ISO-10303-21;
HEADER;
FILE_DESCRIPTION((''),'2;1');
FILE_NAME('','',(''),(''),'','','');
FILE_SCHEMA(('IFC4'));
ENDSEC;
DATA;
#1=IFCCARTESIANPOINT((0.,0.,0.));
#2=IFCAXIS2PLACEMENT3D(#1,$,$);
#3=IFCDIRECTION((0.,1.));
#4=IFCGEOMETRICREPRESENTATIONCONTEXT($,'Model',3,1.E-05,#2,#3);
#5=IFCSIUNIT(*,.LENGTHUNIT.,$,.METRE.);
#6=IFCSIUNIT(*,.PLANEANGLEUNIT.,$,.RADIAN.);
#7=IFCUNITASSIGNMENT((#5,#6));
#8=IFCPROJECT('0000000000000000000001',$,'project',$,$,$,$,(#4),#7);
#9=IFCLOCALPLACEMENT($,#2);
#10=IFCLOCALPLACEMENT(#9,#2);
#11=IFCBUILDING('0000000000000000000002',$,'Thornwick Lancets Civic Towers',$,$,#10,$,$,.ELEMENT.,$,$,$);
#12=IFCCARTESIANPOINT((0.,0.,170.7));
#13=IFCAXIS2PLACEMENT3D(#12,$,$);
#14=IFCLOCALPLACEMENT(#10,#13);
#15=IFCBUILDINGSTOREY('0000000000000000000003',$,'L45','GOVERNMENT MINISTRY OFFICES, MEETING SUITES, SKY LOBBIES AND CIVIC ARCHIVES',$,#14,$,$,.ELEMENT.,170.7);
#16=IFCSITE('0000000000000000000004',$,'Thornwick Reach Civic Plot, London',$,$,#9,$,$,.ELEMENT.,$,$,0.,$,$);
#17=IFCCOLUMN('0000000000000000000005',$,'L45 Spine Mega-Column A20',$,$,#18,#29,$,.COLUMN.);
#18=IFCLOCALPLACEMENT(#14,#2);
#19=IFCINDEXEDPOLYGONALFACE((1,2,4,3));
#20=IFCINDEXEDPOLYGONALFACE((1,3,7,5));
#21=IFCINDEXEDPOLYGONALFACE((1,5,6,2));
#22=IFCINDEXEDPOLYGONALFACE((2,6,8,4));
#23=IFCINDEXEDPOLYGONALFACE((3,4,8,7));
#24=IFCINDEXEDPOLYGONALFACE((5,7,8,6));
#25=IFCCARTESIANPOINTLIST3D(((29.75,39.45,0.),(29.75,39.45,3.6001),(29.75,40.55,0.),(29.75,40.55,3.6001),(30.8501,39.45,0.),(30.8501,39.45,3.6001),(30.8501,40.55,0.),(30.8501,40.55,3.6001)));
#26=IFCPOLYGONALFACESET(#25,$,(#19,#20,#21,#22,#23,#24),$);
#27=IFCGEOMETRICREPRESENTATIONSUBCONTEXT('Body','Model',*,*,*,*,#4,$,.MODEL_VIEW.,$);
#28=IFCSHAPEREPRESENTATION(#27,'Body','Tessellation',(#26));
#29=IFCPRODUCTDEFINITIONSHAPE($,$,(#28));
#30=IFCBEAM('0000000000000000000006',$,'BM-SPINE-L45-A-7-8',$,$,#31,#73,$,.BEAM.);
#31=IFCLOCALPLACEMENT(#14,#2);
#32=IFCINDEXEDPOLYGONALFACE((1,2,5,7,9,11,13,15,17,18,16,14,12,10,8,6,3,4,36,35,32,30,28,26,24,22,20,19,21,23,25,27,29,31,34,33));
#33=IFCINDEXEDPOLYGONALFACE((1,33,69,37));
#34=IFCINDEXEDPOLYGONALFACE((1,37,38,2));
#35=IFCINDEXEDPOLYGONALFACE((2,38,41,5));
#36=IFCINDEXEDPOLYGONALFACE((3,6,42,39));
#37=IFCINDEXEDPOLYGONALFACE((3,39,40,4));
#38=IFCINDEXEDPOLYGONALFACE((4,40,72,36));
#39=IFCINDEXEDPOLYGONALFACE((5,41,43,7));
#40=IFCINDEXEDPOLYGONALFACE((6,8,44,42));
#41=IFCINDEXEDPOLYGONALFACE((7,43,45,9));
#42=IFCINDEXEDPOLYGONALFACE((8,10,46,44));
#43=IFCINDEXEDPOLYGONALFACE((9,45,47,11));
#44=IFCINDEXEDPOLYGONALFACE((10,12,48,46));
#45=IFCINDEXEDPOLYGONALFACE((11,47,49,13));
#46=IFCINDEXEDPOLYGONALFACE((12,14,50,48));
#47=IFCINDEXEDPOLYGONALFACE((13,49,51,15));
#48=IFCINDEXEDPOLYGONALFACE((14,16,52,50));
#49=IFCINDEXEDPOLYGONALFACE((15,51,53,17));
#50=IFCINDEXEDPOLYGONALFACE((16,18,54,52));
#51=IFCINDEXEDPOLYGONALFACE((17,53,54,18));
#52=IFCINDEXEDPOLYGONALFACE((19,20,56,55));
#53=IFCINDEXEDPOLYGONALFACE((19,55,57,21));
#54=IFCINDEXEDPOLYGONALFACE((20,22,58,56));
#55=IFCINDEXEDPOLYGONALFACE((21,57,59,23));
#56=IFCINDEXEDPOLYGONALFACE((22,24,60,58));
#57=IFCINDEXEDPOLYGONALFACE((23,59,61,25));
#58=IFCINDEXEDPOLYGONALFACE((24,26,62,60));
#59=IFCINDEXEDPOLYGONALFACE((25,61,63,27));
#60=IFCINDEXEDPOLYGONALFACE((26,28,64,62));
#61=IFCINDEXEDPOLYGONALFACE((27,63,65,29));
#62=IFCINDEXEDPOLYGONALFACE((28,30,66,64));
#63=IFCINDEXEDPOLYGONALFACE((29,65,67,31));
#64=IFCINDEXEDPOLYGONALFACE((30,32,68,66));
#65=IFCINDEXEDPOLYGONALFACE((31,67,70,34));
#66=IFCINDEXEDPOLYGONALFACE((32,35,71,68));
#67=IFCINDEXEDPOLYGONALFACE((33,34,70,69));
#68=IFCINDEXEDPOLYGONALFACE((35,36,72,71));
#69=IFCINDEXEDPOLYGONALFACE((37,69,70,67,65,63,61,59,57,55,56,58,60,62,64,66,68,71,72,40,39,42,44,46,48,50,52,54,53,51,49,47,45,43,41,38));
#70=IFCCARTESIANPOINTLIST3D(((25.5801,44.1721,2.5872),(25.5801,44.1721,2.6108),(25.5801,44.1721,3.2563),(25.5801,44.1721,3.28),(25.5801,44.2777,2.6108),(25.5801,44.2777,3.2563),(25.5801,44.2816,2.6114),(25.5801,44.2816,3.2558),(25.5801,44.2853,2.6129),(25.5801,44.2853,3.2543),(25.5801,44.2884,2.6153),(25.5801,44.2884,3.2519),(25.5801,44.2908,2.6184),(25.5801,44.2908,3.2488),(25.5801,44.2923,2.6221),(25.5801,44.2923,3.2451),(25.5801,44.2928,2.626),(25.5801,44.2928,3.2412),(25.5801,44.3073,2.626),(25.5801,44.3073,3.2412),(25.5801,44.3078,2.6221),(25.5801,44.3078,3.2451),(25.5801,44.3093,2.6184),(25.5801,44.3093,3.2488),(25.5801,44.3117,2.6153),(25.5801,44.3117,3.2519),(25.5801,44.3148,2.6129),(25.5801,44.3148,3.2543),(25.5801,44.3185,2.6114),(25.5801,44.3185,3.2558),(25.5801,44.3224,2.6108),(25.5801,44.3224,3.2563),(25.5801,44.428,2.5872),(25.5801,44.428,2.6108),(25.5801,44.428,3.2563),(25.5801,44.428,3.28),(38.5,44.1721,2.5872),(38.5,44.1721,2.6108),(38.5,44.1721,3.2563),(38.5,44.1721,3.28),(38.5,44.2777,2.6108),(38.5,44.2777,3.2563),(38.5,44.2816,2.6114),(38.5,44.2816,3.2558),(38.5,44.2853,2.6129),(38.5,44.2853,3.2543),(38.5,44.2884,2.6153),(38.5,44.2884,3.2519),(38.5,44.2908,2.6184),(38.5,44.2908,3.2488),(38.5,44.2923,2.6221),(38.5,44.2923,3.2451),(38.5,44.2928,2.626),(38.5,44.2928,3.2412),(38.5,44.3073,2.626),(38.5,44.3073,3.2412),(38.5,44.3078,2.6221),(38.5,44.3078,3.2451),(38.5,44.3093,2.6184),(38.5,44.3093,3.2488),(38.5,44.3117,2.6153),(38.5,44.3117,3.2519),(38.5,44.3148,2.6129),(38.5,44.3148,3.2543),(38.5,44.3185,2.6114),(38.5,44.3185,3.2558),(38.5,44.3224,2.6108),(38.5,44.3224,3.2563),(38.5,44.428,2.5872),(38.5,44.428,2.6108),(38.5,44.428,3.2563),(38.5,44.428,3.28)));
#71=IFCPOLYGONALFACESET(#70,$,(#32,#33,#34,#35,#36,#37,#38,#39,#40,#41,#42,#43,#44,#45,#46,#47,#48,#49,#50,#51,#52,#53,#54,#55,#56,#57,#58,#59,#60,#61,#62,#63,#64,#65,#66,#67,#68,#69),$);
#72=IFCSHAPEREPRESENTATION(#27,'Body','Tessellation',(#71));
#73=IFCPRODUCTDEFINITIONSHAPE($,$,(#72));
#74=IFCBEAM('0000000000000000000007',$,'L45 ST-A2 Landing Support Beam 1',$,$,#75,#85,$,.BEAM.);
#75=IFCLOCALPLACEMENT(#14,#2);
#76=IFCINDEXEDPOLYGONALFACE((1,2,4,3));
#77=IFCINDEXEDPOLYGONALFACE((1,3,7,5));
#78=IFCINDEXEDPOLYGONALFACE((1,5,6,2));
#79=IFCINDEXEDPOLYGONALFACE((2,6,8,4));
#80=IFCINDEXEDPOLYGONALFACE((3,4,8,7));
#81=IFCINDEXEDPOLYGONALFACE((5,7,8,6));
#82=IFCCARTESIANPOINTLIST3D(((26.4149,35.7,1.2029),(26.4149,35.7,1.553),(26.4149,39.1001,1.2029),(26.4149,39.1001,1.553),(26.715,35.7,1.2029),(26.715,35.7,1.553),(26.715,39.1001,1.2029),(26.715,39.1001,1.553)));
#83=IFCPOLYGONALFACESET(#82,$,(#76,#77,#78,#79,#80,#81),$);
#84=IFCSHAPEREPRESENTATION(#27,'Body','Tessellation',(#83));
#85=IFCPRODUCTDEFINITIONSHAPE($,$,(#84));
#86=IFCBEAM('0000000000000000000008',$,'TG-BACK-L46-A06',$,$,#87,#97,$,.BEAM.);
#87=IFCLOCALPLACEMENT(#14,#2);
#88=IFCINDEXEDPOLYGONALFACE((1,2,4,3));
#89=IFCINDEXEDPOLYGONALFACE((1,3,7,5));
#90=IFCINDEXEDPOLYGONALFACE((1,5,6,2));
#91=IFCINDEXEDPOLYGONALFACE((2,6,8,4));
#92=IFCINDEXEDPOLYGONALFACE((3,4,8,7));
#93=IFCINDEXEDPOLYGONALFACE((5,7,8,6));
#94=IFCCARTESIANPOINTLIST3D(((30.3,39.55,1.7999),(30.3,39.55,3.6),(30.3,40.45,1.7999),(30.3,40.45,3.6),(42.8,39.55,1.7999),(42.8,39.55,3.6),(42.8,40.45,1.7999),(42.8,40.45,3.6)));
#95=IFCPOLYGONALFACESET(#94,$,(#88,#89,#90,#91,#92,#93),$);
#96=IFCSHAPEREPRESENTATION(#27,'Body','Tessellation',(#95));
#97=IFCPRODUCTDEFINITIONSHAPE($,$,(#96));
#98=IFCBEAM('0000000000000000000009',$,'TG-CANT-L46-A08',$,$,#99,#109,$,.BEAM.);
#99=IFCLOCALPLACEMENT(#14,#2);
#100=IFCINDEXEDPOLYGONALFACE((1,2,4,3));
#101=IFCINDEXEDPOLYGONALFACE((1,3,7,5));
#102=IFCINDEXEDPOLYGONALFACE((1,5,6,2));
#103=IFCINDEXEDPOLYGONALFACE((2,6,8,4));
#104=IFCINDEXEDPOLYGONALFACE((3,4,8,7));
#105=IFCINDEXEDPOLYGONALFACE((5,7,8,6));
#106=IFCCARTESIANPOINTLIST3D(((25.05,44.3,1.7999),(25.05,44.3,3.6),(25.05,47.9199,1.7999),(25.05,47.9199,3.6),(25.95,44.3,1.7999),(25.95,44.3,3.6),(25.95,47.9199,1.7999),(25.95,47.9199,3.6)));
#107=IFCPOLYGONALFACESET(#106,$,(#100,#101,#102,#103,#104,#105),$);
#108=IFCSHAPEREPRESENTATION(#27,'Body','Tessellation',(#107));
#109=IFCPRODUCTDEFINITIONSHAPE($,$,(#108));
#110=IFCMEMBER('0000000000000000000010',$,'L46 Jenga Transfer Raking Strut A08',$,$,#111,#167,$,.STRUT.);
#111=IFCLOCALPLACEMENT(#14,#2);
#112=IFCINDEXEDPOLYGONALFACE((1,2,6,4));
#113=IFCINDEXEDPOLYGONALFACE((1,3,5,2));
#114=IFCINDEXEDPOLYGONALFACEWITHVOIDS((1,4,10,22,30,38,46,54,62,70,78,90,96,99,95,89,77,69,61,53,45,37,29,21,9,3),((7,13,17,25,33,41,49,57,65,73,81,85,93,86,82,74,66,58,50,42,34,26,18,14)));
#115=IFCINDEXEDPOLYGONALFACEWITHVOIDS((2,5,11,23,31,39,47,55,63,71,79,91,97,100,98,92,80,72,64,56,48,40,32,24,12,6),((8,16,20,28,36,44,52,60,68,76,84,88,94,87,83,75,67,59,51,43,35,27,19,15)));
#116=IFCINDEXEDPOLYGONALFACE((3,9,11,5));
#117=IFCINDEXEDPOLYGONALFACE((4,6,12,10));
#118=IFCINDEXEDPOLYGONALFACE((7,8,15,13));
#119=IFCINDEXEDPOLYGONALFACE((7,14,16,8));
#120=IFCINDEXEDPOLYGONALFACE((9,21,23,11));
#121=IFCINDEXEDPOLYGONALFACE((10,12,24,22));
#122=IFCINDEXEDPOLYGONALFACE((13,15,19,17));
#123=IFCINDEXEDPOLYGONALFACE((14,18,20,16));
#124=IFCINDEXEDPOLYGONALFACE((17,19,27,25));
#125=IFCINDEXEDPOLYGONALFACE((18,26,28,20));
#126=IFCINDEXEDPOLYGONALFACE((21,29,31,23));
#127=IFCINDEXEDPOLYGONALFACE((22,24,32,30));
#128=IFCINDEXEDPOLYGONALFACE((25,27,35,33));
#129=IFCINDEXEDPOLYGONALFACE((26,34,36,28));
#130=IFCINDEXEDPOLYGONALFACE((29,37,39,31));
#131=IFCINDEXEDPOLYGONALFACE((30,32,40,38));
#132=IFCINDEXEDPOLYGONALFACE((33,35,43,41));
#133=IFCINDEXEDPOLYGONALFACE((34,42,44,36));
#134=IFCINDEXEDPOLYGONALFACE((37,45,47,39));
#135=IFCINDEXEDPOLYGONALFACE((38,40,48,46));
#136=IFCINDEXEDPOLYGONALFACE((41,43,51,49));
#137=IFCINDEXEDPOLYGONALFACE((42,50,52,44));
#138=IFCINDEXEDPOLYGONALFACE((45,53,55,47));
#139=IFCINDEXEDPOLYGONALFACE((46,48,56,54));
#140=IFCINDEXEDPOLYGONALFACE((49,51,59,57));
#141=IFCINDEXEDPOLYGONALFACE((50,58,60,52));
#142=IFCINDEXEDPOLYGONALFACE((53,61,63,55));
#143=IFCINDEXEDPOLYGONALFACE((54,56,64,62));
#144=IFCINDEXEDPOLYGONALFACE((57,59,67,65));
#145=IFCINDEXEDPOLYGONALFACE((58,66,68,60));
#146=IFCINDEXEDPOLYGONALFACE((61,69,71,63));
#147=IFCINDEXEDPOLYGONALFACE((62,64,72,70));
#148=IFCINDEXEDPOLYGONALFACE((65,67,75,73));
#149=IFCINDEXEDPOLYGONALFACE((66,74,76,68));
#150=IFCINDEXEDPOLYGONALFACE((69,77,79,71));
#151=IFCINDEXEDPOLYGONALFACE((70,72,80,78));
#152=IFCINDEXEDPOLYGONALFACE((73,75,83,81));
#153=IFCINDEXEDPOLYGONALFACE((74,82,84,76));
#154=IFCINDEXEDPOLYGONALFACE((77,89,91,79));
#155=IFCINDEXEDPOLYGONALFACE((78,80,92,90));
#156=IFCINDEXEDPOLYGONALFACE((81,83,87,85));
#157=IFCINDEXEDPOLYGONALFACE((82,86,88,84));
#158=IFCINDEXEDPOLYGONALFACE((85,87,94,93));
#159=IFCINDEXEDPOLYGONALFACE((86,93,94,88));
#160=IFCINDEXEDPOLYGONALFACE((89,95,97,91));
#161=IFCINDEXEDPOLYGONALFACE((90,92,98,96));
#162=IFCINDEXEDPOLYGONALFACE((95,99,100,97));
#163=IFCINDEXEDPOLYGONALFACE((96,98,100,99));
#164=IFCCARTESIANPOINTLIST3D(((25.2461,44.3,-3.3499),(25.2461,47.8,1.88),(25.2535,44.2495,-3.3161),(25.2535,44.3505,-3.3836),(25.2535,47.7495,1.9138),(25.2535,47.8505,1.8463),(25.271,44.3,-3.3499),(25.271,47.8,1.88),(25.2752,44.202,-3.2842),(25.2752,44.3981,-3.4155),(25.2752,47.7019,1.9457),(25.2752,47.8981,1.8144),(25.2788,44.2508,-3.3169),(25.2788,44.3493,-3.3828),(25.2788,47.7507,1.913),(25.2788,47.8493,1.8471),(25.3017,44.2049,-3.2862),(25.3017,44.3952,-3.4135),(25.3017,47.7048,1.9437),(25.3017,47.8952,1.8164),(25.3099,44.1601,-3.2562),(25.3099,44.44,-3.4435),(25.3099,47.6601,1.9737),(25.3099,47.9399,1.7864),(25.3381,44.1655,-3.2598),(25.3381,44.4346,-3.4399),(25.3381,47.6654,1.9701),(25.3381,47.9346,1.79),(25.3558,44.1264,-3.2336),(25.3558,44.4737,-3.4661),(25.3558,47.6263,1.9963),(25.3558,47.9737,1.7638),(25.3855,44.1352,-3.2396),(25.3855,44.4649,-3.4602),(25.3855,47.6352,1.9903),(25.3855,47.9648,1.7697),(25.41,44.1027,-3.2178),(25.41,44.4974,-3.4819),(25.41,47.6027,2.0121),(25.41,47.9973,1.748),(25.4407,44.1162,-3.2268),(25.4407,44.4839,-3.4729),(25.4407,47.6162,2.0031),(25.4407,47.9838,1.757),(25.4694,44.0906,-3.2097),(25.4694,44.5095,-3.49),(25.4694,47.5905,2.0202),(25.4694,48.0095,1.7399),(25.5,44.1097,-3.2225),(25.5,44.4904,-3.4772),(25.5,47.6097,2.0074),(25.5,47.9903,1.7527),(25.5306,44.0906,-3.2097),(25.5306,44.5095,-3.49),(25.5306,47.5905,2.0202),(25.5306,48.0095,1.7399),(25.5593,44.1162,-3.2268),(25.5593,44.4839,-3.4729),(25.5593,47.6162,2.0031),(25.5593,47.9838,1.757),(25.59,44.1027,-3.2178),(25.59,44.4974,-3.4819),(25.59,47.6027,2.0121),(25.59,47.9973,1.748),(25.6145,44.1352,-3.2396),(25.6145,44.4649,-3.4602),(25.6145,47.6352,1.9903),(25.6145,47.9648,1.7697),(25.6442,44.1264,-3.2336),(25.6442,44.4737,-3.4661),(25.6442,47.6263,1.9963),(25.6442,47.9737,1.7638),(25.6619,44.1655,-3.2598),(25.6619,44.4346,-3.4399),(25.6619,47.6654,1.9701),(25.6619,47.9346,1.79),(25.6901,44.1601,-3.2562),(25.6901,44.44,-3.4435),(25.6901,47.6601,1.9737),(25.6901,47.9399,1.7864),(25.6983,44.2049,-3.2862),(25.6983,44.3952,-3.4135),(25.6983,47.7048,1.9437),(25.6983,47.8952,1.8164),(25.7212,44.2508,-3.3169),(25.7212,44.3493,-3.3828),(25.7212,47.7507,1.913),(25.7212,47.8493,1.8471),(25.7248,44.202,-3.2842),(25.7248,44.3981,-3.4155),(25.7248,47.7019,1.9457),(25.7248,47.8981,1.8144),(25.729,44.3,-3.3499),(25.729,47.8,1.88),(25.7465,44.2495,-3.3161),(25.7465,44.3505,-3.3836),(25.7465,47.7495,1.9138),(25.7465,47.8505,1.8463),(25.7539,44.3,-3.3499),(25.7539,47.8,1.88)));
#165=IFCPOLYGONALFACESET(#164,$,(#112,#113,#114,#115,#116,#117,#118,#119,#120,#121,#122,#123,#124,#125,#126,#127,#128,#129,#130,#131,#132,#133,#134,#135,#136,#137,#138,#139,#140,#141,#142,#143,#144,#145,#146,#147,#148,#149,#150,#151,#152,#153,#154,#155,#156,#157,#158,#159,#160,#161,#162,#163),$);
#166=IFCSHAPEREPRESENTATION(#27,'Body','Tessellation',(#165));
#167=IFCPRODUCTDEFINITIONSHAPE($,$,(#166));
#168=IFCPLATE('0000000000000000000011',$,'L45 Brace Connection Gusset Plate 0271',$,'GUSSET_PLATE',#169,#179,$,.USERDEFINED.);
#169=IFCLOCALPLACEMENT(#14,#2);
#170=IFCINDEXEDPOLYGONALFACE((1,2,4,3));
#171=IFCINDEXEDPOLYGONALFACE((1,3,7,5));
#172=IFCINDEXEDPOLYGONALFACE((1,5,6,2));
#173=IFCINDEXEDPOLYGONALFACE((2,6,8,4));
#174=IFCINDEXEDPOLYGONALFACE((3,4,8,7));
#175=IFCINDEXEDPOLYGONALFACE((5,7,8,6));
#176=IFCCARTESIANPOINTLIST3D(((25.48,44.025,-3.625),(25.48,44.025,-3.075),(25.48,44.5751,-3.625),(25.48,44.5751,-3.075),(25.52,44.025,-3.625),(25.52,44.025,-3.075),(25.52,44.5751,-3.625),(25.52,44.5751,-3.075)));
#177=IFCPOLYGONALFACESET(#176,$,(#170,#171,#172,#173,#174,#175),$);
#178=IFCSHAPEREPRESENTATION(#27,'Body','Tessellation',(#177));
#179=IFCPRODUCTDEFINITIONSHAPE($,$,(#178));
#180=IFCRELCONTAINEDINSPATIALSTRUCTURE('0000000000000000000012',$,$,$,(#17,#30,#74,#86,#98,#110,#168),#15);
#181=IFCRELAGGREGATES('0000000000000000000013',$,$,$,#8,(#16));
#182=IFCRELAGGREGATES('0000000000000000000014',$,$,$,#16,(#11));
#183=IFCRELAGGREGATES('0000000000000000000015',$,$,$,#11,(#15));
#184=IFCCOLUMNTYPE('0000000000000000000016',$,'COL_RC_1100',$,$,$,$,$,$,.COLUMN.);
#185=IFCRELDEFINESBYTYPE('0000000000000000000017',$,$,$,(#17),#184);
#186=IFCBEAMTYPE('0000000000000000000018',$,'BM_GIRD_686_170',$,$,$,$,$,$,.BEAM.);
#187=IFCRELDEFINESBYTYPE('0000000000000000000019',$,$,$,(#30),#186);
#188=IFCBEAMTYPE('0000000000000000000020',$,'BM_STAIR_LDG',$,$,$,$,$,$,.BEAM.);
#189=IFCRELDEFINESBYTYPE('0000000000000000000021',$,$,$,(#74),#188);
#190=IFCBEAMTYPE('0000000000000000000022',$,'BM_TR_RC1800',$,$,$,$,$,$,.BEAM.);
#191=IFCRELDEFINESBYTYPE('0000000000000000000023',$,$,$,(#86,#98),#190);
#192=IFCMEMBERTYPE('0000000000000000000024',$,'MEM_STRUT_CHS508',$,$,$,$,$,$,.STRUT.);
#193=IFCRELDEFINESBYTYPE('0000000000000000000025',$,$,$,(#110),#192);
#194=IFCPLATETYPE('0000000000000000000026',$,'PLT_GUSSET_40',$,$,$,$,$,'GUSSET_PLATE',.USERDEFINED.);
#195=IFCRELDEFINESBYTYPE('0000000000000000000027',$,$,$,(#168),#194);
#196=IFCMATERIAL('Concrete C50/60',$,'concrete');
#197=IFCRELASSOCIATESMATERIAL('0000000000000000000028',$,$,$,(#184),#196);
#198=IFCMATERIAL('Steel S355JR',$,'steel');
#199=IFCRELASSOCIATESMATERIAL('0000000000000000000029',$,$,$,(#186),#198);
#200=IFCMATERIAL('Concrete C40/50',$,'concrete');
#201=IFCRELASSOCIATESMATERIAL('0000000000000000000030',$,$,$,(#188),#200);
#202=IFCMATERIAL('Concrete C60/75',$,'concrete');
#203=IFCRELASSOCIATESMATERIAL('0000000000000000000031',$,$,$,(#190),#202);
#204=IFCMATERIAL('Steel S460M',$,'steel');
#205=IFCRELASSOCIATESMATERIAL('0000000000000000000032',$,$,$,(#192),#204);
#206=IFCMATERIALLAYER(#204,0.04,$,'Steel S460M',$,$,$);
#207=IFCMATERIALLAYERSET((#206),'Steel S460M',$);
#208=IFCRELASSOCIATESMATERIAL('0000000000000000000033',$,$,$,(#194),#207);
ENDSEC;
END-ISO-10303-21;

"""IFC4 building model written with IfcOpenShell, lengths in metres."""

from ifc_helpers import new_model, si_unit, direction, frame, origin, origin_2d, place, context, subcontext, project, spatial, rectangle, hollow_circle, i_section, extrude, material, layer, layer_set, material_profile, profile_set, type_object, element, save


model = new_model("IFC4")

# Units and contexts
model_context = context("Model", 3, precision=1e-05, world=origin(), true_north=direction((0.0, 1.0)))
body_context = subcontext(model_context, "Body", "Model", "MODEL_VIEW")
ifc_project = project(units=[si_unit("LENGTHUNIT", "METRE"), si_unit("PLANEANGLEUNIT", "RADIAN")], contexts=[model_context])

# Site, building, storey
site_placement = place(None, origin())
site = spatial("IfcSite", under=ifc_project, at=site_placement, Name="Thornwick Reach Civic Plot, London", CompositionType="ELEMENT", RefElevation=0.0)
building_placement = place(site_placement, origin())
building = spatial("IfcBuilding", under=site, at=building_placement, Name="Thornwick Lancets Civic Towers", CompositionType="ELEMENT")
storey_placement = place(building_placement, frame((0.0, 0.0, 170.7)))
storey = spatial("IfcBuildingStorey", under=building, at=storey_placement, Name="L45", Description="GOVERNMENT MINISTRY OFFICES, MEETING SUITES, SKY LOBBIES AND CIVIC ARCHIVES", CompositionType="ELEMENT", Elevation=170.7)

# Column
ifc_material_1 = material(Name="Concrete C50/60", Category="concrete")
ifc_material_profile_1 = material_profile(ifc_material_1, rectangle(XDim=1.1001, YDim=1.1001, at=origin_2d()), Name="RC 1100x1100")
ifc_profile_set_1 = profile_set([ifc_material_profile_1], Name="Concrete C50/60")
column_type = type_object("IfcColumnType", Name="COL_RC_1100", PredefinedType="COLUMN", material=ifc_profile_set_1)
column_placement = place(storey_placement, frame((30.3, 40.0, 0.0), z_axis=(0.0, 0.0, 1.0), x_axis=(1.0, 0.0, 0.0)))
element("IfcColumn", 1, at=column_placement, inside=storey, type_object=column_type, Name="L45 Spine Mega-Column A20", PredefinedType="COLUMN", context=body_context, shape_type="SweptSolid", body=[
    extrude(rectangle(XDim=1.1001, YDim=1.1001, at=origin_2d()), origin(), (0.0, 0.0, 1.0), 3.6001),
])

# Beams
ifc_material_2 = material(Name="Steel S355JR", Category="steel")
ifc_material_profile_2 = material_profile(ifc_material_2, i_section(OverallWidth=0.2559, OverallDepth=0.6929, WebThickness=0.0144, FlangeThickness=0.0237, FilletRadius=0.0151, at=origin_2d()), Name="UKB 686x254x170")
ifc_profile_set_2 = profile_set([ifc_material_profile_2], Name="Steel S355JR")
beam_type_1 = type_object("IfcBeamType", Name="BM_GIRD_686_170", PredefinedType="BEAM", material=ifc_profile_set_2)
beam_1_placement = place(storey_placement, frame((25.5801, 44.3, 2.9336), z_axis=(1.0, 0.0, 0.0), x_axis=(0.0, 1.0, 0.0)))
element("IfcBeam", 2, at=beam_1_placement, inside=storey, type_object=beam_type_1, Name="BM-SPINE-L45-A-7-8", PredefinedType="BEAM", context=body_context, shape_type="SweptSolid", body=[
    extrude(i_section(OverallWidth=0.2559, OverallDepth=0.6929, WebThickness=0.0144, FlangeThickness=0.0237, FilletRadius=0.0151, at=origin_2d()), origin(), (0.0, 0.0, 1.0), 12.9199),
])
ifc_material_3 = material(Name="Concrete C40/50", Category="concrete")
ifc_material_profile_3 = material_profile(ifc_material_3, rectangle(XDim=0.3, YDim=0.3501, at=origin_2d()), Name="RC 300x350")
ifc_profile_set_3 = profile_set([ifc_material_profile_3], Name="Concrete C40/50")
beam_type_2 = type_object("IfcBeamType", Name="BM_STAIR_LDG", PredefinedType="BEAM", material=ifc_profile_set_3)
beam_2_placement = place(storey_placement, frame((26.5649, 39.1001, 1.3779), z_axis=(0.0, -1.0, 0.0), x_axis=(1.0, 0.0, 0.0)))
element("IfcBeam", 3, at=beam_2_placement, inside=storey, type_object=beam_type_2, Name="L45 ST-A2 Landing Support Beam 1", PredefinedType="BEAM", context=body_context, shape_type="SweptSolid", body=[
    extrude(rectangle(XDim=0.3, YDim=0.3501, at=origin_2d()), origin(), (0.0, 0.0, 1.0), 3.4001),
])
ifc_material_4 = material(Name="Concrete C60/75", Category="concrete")
ifc_material_profile_4 = material_profile(ifc_material_4, rectangle(XDim=0.8999, YDim=1.8, at=origin_2d()), Name="RC 900x1800")
ifc_profile_set_4 = profile_set([ifc_material_profile_4], Name="Concrete C60/75")
beam_type_3 = type_object("IfcBeamType", Name="BM_TR_RC1800", PredefinedType="BEAM", material=ifc_profile_set_4)
beam_3_placement = place(storey_placement, frame((30.3, 40.0, 2.7), z_axis=(1.0, 0.0, 0.0), x_axis=(0.0, 1.0, 0.0)))
element("IfcBeam", 4, at=beam_3_placement, inside=storey, type_object=beam_type_3, Name="TG-BACK-L46-A06", PredefinedType="BEAM", context=body_context, shape_type="SweptSolid", body=[
    extrude(rectangle(XDim=0.8999, YDim=1.8, at=origin_2d()), origin(), (0.0, 0.0, 1.0), 12.5),
])
beam_4_placement = place(storey_placement, frame((25.5, 44.3, 2.7), z_axis=(0.0, 1.0, 0.0), x_axis=(-1.0, 0.0, 0.0)))
element("IfcBeam", 5, at=beam_4_placement, inside=storey, type_object=beam_type_3, Name="TG-CANT-L46-A08", PredefinedType="BEAM", context=body_context, shape_type="SweptSolid", body=[
    extrude(rectangle(XDim=0.8999, YDim=1.8, at=origin_2d()), origin(), (0.0, 0.0, 1.0), 3.6199),
])

# Member
ifc_material_5 = material(Name="Steel S460M", Category="steel")
ifc_material_profile_5 = material_profile(ifc_material_5, hollow_circle(Radius=0.2539, WallThickness=0.0249, at=origin_2d()), Name="CHS 508x25")
ifc_profile_set_5 = profile_set([ifc_material_profile_5], Name="Steel S460M")
member_type = type_object("IfcMemberType", Name="MEM_STRUT_CHS508", PredefinedType="STRUT", material=ifc_profile_set_5)
member_placement = place(storey_placement, frame((25.5, 44.3, -3.3499), z_axis=(0.0, 0.556168, 0.83107), x_axis=(-1.0, 0.0, 0.0)))
element("IfcMember", 6, at=member_placement, inside=storey, type_object=member_type, Name="L46 Jenga Transfer Raking Strut A08", PredefinedType="STRUT", context=body_context, shape_type="SweptSolid", body=[
    extrude(hollow_circle(Radius=0.2539, WallThickness=0.0249, at=origin_2d()), origin(), (0.0, 0.0, 1.0), 6.293),
])

# Plate
ifc_layer_1 = layer(ifc_material_5, 0.04, Name="Steel S460M")
ifc_layer_set_1 = layer_set([ifc_layer_1], Name="Steel S460M")
plate_type = type_object("IfcPlateType", Name="PLT_GUSSET_40", ElementType="GUSSET_PLATE", PredefinedType="USERDEFINED", material=ifc_layer_set_1)
for number, where, z_axis, x_axis, name in (
    (7, (25.5, 44.3, -3.625), (0.0, 0.0, 1.0), (0.0, 1.0, 0.0), "L45 Brace Connection Gusset Plate 0271"),
):
    element("IfcPlate", number, at=place(storey_placement, frame(where, z_axis=z_axis, x_axis=x_axis)), inside=storey, type_object=plate_type, Name=name, ObjectType="GUSSET_PLATE", PredefinedType="USERDEFINED", context=body_context, shape_type="SweptSolid", body=[
        extrude(rectangle(XDim=0.55, YDim=0.04, at=origin_2d()), origin(), (0.0, 0.0, 1.0), 0.55),
    ])

save(model, "model.ifc")
